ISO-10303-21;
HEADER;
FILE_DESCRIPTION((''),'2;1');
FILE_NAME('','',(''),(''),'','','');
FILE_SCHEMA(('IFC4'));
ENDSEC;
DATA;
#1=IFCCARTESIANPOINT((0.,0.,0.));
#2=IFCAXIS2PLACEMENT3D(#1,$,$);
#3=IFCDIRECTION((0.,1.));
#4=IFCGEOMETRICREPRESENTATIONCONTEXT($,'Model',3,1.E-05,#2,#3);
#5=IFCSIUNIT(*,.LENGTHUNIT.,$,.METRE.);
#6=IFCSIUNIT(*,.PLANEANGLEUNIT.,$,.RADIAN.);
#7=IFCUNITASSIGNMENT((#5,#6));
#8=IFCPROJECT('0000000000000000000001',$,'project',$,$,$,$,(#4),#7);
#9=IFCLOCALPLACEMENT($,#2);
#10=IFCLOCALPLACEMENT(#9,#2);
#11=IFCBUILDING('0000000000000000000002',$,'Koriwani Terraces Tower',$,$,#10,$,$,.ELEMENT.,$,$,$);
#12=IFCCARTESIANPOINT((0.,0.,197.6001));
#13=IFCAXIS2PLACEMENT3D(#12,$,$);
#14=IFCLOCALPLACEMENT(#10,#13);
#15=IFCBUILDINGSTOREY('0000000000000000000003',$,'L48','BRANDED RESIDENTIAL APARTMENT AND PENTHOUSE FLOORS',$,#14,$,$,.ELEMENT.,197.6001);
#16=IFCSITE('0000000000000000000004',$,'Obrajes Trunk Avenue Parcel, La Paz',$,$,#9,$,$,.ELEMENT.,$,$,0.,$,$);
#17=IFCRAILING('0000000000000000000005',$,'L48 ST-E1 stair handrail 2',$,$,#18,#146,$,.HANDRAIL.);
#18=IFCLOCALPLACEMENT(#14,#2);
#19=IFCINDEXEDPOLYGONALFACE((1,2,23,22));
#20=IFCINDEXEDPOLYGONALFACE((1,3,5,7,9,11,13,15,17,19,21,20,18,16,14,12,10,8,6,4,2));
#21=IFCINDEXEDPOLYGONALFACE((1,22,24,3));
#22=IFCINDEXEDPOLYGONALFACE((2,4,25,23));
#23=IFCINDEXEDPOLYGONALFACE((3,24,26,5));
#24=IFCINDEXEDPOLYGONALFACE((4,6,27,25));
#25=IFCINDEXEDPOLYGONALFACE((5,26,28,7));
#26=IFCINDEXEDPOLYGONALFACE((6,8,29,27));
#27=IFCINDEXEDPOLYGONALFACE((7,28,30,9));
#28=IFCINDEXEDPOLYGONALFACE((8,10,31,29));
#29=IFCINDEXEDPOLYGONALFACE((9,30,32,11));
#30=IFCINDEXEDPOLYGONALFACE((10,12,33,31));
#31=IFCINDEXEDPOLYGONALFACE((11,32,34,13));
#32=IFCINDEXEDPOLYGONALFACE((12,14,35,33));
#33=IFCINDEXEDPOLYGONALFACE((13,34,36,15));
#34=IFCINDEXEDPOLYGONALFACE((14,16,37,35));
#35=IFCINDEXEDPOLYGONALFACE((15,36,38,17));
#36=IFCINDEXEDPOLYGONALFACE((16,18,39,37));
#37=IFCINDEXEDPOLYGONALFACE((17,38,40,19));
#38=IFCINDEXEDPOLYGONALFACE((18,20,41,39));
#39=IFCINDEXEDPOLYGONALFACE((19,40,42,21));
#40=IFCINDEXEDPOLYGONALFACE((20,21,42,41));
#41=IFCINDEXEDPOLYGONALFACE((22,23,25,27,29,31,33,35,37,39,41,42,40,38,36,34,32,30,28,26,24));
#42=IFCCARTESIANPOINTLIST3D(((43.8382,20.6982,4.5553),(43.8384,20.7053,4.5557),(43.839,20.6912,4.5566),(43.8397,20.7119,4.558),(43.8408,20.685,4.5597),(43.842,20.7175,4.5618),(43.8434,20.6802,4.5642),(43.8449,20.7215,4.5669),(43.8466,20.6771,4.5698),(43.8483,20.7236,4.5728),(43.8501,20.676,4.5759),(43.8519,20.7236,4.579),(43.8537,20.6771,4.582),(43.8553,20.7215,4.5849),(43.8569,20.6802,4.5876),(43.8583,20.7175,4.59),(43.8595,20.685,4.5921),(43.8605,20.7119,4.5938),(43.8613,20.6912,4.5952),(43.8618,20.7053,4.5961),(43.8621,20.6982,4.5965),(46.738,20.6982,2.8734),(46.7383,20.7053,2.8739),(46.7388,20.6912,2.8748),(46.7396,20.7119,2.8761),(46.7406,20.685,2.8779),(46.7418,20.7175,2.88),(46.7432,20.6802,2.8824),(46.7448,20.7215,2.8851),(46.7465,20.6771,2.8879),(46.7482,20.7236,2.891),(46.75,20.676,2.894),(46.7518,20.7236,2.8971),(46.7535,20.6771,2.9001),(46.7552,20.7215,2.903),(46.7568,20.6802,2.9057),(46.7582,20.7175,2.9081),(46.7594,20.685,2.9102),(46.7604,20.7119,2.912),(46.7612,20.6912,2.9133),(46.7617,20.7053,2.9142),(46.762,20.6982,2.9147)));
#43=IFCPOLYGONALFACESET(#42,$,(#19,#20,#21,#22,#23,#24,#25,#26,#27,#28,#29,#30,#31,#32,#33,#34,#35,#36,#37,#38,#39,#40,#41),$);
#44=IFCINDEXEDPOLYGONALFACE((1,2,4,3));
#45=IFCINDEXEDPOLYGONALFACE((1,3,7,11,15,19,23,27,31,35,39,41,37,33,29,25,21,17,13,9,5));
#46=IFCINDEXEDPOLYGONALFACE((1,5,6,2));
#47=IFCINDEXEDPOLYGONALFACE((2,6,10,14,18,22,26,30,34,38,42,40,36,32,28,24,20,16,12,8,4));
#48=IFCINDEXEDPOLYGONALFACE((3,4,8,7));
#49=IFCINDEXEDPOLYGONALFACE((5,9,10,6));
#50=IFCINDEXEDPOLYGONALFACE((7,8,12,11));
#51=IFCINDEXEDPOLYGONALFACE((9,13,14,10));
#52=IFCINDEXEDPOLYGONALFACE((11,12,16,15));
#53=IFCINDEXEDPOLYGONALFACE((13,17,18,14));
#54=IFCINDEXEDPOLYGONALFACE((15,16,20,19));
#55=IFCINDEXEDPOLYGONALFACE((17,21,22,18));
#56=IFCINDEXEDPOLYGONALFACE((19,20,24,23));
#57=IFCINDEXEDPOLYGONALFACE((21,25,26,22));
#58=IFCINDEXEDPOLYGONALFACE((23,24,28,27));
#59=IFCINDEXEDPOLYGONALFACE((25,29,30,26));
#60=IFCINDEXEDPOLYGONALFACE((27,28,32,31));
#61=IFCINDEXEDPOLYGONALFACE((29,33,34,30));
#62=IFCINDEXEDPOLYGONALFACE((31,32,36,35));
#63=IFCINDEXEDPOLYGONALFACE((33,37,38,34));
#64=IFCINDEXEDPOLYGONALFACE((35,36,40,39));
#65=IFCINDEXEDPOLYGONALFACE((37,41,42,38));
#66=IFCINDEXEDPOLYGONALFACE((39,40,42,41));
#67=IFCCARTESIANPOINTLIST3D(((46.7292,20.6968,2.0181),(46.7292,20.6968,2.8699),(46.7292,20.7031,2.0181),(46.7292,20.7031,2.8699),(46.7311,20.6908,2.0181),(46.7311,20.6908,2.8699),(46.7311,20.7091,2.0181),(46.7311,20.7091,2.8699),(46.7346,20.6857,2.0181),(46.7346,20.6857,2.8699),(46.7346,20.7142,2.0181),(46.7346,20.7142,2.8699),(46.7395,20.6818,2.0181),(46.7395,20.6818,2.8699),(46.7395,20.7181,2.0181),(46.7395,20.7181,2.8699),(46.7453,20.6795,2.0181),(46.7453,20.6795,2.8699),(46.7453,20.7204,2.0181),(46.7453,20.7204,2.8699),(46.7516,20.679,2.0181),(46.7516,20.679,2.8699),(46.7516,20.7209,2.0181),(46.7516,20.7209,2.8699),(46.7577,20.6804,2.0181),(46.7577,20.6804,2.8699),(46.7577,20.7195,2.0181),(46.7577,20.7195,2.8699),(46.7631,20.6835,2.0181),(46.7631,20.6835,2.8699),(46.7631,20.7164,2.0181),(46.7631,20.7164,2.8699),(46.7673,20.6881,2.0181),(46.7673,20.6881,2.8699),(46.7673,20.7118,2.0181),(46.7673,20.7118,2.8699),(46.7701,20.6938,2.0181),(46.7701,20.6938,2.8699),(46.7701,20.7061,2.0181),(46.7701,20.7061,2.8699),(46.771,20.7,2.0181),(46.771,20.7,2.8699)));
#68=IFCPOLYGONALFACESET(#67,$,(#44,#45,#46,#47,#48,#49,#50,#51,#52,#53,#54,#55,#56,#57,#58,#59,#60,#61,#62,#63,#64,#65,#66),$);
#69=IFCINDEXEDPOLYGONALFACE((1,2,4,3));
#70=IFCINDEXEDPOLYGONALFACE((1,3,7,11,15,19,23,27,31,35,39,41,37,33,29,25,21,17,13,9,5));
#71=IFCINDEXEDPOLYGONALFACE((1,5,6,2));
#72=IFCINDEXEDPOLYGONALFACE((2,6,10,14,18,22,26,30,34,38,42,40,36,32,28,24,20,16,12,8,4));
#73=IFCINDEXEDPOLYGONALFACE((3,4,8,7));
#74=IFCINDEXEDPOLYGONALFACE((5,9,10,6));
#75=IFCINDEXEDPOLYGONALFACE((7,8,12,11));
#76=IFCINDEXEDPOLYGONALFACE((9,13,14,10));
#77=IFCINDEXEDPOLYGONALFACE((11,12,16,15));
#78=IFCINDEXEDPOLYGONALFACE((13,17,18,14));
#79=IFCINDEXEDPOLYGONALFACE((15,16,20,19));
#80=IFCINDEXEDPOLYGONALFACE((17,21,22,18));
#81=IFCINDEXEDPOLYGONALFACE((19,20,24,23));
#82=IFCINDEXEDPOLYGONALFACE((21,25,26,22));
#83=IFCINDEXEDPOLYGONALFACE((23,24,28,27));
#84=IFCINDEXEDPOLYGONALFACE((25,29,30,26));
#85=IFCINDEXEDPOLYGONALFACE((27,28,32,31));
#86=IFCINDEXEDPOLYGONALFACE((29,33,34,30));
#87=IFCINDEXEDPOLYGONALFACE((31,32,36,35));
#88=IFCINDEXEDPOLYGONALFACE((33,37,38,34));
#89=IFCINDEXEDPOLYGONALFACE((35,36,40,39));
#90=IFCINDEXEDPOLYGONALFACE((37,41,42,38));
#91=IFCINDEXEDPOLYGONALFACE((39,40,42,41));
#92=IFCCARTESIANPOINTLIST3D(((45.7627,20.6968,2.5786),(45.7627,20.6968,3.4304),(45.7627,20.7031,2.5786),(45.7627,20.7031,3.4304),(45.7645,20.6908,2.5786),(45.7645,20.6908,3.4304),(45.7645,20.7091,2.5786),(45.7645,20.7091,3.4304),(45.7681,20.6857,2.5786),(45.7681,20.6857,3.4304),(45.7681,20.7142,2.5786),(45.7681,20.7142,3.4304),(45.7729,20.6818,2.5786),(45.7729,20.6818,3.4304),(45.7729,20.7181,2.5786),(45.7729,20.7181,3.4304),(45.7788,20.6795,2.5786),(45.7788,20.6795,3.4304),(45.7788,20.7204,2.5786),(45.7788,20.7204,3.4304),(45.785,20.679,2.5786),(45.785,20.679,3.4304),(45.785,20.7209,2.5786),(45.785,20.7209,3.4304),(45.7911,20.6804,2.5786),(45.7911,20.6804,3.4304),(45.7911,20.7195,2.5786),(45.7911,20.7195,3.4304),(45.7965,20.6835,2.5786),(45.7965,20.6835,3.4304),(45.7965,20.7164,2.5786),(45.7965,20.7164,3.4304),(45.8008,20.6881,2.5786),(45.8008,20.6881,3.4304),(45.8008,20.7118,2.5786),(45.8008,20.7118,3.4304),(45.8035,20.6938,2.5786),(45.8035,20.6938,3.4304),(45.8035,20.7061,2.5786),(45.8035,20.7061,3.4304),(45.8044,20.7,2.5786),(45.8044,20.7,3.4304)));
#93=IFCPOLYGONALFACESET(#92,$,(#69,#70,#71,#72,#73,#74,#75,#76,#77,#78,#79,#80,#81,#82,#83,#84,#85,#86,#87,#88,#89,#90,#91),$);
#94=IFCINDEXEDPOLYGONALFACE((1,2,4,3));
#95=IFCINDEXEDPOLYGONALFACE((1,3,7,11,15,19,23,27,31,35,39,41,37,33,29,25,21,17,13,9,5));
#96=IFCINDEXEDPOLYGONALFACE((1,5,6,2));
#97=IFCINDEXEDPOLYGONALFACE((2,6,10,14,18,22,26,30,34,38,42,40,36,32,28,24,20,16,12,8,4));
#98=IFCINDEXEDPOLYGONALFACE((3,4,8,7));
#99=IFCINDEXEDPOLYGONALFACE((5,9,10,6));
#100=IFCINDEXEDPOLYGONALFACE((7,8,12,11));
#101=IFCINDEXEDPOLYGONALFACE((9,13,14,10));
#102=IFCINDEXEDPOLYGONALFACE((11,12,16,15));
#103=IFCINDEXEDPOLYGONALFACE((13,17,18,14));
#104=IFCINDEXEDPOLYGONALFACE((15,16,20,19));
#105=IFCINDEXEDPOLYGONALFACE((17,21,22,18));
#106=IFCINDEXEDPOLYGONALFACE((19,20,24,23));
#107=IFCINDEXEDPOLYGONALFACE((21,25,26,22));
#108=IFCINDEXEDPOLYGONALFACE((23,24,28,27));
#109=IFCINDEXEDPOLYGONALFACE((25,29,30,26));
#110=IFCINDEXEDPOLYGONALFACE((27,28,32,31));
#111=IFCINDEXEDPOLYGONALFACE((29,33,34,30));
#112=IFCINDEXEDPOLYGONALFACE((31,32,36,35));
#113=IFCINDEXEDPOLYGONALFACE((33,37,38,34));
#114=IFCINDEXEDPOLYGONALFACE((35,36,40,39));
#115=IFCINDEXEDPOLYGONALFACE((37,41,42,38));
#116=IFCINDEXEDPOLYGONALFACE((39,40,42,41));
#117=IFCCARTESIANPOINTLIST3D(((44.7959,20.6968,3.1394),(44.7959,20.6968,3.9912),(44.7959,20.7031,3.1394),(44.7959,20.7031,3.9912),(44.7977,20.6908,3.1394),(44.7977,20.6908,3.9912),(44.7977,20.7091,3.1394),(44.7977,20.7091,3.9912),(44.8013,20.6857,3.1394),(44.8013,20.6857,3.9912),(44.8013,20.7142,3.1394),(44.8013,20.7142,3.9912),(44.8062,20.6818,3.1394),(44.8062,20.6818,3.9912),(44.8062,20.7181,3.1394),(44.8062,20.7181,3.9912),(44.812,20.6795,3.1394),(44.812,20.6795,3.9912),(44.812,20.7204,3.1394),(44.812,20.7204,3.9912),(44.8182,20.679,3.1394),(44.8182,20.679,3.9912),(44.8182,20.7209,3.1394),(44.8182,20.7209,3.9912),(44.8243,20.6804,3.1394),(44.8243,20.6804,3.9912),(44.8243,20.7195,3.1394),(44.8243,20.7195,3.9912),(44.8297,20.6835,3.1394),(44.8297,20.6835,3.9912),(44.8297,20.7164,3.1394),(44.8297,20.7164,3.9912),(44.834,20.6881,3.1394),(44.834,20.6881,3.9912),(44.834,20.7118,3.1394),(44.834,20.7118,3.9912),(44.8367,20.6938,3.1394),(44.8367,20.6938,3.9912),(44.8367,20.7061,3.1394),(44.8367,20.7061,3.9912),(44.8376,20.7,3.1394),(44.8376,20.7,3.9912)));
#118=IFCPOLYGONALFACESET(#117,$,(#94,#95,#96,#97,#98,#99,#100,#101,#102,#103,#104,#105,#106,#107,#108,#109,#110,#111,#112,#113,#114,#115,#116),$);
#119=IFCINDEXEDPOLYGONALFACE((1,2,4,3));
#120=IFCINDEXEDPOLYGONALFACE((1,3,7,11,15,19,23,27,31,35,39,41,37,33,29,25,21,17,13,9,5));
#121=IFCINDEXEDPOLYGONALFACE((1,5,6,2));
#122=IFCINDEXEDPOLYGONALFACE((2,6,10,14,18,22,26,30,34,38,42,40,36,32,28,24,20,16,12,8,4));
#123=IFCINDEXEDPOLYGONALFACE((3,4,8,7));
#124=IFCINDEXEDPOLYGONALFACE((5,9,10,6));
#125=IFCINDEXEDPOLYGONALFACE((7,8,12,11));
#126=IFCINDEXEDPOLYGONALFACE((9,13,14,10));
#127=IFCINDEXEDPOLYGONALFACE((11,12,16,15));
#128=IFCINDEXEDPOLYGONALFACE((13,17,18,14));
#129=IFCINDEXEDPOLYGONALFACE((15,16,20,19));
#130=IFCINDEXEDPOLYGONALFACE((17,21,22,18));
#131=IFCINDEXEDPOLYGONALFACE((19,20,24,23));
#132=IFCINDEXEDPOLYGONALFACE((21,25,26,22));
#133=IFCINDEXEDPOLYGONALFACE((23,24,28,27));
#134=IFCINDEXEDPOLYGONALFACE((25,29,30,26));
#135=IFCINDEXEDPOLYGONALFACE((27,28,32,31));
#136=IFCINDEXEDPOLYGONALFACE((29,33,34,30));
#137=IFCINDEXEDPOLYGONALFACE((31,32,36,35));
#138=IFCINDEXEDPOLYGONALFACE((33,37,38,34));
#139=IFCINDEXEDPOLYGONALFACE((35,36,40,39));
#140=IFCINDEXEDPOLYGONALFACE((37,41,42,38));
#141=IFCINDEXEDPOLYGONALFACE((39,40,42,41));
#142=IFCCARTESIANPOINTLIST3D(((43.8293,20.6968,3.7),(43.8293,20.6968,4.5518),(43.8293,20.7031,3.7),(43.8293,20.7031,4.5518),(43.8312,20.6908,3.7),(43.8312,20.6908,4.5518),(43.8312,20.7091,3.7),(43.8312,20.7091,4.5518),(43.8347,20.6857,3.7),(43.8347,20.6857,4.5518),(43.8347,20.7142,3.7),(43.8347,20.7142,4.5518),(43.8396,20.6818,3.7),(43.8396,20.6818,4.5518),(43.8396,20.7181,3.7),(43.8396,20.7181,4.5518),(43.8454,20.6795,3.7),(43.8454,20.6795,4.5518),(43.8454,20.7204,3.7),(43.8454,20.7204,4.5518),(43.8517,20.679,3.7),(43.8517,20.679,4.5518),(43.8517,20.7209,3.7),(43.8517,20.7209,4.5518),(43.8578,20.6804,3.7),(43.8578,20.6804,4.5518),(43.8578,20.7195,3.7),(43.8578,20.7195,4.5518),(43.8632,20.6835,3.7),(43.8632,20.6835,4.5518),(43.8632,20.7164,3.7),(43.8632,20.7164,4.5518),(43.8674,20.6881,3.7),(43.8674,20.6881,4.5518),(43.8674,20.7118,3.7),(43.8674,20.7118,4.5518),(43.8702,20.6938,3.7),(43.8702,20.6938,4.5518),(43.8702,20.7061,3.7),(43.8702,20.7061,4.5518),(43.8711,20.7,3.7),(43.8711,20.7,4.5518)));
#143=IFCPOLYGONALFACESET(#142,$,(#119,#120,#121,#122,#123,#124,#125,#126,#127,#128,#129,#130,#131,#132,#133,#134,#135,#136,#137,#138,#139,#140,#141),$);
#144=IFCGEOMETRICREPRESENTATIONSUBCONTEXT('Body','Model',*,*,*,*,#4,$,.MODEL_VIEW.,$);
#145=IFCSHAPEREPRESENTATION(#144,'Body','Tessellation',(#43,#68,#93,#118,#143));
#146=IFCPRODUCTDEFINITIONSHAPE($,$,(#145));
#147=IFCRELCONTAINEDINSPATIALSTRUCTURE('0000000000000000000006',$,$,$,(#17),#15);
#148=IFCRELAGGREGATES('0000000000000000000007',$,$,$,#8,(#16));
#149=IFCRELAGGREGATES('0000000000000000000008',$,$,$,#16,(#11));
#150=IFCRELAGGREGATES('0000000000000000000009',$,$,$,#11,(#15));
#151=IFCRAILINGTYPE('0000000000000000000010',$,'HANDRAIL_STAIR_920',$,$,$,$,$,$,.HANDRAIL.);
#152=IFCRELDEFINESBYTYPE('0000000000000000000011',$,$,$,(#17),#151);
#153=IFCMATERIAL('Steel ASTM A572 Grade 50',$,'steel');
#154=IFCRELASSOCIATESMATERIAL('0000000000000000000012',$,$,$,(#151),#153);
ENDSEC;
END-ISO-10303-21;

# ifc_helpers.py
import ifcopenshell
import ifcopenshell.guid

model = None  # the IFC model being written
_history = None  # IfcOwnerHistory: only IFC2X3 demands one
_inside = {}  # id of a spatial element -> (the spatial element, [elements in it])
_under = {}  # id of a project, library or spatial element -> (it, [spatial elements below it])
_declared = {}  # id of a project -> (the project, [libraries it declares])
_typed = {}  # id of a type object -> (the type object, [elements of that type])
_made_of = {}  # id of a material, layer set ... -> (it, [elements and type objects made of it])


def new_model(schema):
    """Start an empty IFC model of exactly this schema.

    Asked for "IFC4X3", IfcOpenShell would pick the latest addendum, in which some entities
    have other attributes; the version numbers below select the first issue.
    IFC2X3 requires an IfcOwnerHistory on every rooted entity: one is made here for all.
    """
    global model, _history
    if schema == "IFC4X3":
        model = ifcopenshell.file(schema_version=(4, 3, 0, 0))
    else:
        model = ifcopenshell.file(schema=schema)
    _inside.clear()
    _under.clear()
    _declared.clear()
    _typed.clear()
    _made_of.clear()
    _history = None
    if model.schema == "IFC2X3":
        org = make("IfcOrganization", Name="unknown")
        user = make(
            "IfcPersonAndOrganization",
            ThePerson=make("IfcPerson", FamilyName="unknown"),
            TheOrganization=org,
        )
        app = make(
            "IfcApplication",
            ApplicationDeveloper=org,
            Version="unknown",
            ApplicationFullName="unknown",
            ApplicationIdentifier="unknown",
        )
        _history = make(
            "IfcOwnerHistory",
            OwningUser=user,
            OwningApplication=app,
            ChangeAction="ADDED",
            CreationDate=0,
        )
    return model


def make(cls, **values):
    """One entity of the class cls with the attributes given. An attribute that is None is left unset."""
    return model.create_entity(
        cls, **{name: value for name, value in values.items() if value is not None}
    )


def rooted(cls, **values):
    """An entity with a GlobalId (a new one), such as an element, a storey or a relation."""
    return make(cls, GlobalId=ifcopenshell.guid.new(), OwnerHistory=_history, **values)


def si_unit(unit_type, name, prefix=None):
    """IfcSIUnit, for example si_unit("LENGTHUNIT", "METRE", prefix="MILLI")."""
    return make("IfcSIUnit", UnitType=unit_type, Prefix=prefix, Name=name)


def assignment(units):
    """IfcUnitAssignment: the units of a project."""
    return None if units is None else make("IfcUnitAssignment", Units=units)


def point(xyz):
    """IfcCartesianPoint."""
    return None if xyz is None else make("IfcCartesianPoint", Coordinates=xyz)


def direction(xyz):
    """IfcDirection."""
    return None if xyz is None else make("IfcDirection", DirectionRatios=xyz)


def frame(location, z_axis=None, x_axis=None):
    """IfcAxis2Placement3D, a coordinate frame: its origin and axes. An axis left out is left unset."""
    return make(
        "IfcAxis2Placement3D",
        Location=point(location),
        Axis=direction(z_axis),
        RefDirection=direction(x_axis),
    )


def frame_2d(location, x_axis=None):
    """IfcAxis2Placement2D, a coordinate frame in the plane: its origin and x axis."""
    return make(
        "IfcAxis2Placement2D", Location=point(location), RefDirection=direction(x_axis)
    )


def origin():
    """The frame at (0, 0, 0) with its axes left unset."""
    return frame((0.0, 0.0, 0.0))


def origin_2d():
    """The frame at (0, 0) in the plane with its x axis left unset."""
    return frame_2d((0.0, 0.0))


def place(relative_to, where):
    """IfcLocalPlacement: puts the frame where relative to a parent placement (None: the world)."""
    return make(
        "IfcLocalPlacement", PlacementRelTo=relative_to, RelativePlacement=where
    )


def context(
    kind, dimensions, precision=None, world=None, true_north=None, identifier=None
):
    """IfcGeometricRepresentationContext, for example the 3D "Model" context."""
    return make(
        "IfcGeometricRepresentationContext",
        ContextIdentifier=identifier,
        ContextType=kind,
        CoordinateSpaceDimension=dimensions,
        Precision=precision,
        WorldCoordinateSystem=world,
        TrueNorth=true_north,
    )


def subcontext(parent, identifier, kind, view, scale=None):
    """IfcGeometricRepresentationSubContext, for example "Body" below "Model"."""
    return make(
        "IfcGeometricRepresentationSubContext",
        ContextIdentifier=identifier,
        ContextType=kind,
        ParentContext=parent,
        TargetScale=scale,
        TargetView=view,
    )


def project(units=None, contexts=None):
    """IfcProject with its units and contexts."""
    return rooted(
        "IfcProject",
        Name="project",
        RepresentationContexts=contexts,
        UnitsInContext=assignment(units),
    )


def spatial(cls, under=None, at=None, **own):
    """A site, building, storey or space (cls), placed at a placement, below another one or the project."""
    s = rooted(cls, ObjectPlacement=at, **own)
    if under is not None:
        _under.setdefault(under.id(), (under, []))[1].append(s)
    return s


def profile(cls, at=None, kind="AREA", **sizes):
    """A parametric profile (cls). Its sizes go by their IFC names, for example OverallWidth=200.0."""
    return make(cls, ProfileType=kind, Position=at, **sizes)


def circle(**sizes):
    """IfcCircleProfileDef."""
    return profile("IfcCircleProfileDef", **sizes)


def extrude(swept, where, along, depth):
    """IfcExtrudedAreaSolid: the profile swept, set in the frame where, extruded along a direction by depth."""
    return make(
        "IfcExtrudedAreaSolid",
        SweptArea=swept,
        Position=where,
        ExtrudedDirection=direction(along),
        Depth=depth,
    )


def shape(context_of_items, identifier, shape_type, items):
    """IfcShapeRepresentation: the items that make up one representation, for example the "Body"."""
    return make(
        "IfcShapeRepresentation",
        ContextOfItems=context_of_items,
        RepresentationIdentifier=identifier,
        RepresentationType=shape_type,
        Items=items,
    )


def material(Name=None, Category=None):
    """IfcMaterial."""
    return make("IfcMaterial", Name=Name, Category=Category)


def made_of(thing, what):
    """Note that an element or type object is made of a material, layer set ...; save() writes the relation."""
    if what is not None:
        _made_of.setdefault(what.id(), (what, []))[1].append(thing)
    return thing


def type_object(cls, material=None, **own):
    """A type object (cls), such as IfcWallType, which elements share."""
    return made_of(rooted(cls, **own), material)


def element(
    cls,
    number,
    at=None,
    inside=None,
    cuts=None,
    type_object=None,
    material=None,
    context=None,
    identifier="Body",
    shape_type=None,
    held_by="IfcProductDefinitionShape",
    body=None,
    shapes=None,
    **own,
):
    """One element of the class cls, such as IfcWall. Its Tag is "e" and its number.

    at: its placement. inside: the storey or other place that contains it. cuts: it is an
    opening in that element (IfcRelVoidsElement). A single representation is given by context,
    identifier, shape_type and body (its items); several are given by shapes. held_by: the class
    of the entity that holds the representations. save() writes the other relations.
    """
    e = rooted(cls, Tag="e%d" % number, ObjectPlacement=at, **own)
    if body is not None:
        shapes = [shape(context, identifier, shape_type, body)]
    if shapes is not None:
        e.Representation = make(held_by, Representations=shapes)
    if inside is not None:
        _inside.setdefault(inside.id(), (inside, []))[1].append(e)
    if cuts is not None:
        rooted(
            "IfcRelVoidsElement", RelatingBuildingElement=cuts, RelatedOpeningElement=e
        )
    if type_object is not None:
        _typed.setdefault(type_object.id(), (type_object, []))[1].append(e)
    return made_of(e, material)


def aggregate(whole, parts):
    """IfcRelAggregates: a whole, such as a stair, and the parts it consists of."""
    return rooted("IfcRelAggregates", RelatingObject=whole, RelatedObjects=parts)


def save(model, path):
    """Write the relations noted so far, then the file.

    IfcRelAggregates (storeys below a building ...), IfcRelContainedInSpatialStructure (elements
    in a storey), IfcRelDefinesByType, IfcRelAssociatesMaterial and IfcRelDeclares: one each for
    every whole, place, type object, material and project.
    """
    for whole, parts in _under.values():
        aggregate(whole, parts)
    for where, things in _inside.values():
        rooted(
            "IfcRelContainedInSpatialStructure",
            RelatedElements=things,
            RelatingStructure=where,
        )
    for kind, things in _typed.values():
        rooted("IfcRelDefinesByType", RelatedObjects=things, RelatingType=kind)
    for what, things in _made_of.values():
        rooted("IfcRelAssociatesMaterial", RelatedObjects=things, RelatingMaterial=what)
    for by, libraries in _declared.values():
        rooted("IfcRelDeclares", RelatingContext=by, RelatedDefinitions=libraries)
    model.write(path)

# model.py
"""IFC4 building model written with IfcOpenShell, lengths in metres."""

from ifc_helpers import new_model, si_unit, direction, frame, origin, origin_2d, place, context, subcontext, project, spatial, circle, extrude, material, type_object, element, save


model = new_model("IFC4")

# Units and contexts
model_context = context("Model", 3, precision=1e-05, world=origin(), true_north=direction((0.0, 1.0)))
body_context = subcontext(model_context, "Body", "Model", "MODEL_VIEW")
ifc_project = project(units=[si_unit("LENGTHUNIT", "METRE"), si_unit("PLANEANGLEUNIT", "RADIAN")], contexts=[model_context])

# Site, building, storey
site_placement = place(None, origin())
site = spatial("IfcSite", under=ifc_project, at=site_placement, Name="Obrajes Trunk Avenue Parcel, La Paz", CompositionType="ELEMENT", RefElevation=0.0)
building_placement = place(site_placement, origin())
building = spatial("IfcBuilding", under=site, at=building_placement, Name="Koriwani Terraces Tower", CompositionType="ELEMENT")
storey_placement = place(building_placement, frame((0.0, 0.0, 197.6001)))
storey = spatial("IfcBuildingStorey", under=building, at=storey_placement, Name="L48", Description="BRANDED RESIDENTIAL APARTMENT AND PENTHOUSE FLOORS", CompositionType="ELEMENT", Elevation=197.6001)

# Shared definitions
ifc_material_1 = material(Name="Steel ASTM A572 Grade 50", Category="steel")

# Railing
railing_type_1 = type_object("IfcRailingType", Name="HANDRAIL_STAIR_920", PredefinedType="HANDRAIL", material=ifc_material_1)
railing_1_placement = place(storey_placement, frame((46.75, 20.7, 2.0181)))
element("IfcRailing", 1, at=railing_1_placement, inside=storey, type_object=railing_type_1, Name="L48 ST-E1 stair handrail 2", PredefinedType="HANDRAIL", context=body_context, shape_type="SweptSolid", body=[
    extrude(circle(Radius=0.0239, at=origin_2d()), frame((0.0, 0.0, 0.876), z_axis=(-0.865039, 0.0, 0.501705), x_axis=(0.0, -1.0, 0.0)), (0.0, 0.0, 1.0), 3.3523),
    extrude(circle(Radius=0.021, at=origin_2d()), origin(), (0.0, 0.0, 1.0), 0.8518),
    extrude(circle(Radius=0.021, at=origin_2d()), frame((-0.9666, 0.0, 0.5605)), (0.0, 0.0, 1.0), 0.8518),
    extrude(circle(Radius=0.021, at=origin_2d()), frame((-1.9333, 0.0, 1.1213)), (0.0, 0.0, 1.0), 0.8518),
    extrude(circle(Radius=0.021, at=origin_2d()), frame((-2.8999, 0.0, 1.6819)), (0.0, 0.0, 1.0), 0.8518),
])

save(model, "model.ifc")
